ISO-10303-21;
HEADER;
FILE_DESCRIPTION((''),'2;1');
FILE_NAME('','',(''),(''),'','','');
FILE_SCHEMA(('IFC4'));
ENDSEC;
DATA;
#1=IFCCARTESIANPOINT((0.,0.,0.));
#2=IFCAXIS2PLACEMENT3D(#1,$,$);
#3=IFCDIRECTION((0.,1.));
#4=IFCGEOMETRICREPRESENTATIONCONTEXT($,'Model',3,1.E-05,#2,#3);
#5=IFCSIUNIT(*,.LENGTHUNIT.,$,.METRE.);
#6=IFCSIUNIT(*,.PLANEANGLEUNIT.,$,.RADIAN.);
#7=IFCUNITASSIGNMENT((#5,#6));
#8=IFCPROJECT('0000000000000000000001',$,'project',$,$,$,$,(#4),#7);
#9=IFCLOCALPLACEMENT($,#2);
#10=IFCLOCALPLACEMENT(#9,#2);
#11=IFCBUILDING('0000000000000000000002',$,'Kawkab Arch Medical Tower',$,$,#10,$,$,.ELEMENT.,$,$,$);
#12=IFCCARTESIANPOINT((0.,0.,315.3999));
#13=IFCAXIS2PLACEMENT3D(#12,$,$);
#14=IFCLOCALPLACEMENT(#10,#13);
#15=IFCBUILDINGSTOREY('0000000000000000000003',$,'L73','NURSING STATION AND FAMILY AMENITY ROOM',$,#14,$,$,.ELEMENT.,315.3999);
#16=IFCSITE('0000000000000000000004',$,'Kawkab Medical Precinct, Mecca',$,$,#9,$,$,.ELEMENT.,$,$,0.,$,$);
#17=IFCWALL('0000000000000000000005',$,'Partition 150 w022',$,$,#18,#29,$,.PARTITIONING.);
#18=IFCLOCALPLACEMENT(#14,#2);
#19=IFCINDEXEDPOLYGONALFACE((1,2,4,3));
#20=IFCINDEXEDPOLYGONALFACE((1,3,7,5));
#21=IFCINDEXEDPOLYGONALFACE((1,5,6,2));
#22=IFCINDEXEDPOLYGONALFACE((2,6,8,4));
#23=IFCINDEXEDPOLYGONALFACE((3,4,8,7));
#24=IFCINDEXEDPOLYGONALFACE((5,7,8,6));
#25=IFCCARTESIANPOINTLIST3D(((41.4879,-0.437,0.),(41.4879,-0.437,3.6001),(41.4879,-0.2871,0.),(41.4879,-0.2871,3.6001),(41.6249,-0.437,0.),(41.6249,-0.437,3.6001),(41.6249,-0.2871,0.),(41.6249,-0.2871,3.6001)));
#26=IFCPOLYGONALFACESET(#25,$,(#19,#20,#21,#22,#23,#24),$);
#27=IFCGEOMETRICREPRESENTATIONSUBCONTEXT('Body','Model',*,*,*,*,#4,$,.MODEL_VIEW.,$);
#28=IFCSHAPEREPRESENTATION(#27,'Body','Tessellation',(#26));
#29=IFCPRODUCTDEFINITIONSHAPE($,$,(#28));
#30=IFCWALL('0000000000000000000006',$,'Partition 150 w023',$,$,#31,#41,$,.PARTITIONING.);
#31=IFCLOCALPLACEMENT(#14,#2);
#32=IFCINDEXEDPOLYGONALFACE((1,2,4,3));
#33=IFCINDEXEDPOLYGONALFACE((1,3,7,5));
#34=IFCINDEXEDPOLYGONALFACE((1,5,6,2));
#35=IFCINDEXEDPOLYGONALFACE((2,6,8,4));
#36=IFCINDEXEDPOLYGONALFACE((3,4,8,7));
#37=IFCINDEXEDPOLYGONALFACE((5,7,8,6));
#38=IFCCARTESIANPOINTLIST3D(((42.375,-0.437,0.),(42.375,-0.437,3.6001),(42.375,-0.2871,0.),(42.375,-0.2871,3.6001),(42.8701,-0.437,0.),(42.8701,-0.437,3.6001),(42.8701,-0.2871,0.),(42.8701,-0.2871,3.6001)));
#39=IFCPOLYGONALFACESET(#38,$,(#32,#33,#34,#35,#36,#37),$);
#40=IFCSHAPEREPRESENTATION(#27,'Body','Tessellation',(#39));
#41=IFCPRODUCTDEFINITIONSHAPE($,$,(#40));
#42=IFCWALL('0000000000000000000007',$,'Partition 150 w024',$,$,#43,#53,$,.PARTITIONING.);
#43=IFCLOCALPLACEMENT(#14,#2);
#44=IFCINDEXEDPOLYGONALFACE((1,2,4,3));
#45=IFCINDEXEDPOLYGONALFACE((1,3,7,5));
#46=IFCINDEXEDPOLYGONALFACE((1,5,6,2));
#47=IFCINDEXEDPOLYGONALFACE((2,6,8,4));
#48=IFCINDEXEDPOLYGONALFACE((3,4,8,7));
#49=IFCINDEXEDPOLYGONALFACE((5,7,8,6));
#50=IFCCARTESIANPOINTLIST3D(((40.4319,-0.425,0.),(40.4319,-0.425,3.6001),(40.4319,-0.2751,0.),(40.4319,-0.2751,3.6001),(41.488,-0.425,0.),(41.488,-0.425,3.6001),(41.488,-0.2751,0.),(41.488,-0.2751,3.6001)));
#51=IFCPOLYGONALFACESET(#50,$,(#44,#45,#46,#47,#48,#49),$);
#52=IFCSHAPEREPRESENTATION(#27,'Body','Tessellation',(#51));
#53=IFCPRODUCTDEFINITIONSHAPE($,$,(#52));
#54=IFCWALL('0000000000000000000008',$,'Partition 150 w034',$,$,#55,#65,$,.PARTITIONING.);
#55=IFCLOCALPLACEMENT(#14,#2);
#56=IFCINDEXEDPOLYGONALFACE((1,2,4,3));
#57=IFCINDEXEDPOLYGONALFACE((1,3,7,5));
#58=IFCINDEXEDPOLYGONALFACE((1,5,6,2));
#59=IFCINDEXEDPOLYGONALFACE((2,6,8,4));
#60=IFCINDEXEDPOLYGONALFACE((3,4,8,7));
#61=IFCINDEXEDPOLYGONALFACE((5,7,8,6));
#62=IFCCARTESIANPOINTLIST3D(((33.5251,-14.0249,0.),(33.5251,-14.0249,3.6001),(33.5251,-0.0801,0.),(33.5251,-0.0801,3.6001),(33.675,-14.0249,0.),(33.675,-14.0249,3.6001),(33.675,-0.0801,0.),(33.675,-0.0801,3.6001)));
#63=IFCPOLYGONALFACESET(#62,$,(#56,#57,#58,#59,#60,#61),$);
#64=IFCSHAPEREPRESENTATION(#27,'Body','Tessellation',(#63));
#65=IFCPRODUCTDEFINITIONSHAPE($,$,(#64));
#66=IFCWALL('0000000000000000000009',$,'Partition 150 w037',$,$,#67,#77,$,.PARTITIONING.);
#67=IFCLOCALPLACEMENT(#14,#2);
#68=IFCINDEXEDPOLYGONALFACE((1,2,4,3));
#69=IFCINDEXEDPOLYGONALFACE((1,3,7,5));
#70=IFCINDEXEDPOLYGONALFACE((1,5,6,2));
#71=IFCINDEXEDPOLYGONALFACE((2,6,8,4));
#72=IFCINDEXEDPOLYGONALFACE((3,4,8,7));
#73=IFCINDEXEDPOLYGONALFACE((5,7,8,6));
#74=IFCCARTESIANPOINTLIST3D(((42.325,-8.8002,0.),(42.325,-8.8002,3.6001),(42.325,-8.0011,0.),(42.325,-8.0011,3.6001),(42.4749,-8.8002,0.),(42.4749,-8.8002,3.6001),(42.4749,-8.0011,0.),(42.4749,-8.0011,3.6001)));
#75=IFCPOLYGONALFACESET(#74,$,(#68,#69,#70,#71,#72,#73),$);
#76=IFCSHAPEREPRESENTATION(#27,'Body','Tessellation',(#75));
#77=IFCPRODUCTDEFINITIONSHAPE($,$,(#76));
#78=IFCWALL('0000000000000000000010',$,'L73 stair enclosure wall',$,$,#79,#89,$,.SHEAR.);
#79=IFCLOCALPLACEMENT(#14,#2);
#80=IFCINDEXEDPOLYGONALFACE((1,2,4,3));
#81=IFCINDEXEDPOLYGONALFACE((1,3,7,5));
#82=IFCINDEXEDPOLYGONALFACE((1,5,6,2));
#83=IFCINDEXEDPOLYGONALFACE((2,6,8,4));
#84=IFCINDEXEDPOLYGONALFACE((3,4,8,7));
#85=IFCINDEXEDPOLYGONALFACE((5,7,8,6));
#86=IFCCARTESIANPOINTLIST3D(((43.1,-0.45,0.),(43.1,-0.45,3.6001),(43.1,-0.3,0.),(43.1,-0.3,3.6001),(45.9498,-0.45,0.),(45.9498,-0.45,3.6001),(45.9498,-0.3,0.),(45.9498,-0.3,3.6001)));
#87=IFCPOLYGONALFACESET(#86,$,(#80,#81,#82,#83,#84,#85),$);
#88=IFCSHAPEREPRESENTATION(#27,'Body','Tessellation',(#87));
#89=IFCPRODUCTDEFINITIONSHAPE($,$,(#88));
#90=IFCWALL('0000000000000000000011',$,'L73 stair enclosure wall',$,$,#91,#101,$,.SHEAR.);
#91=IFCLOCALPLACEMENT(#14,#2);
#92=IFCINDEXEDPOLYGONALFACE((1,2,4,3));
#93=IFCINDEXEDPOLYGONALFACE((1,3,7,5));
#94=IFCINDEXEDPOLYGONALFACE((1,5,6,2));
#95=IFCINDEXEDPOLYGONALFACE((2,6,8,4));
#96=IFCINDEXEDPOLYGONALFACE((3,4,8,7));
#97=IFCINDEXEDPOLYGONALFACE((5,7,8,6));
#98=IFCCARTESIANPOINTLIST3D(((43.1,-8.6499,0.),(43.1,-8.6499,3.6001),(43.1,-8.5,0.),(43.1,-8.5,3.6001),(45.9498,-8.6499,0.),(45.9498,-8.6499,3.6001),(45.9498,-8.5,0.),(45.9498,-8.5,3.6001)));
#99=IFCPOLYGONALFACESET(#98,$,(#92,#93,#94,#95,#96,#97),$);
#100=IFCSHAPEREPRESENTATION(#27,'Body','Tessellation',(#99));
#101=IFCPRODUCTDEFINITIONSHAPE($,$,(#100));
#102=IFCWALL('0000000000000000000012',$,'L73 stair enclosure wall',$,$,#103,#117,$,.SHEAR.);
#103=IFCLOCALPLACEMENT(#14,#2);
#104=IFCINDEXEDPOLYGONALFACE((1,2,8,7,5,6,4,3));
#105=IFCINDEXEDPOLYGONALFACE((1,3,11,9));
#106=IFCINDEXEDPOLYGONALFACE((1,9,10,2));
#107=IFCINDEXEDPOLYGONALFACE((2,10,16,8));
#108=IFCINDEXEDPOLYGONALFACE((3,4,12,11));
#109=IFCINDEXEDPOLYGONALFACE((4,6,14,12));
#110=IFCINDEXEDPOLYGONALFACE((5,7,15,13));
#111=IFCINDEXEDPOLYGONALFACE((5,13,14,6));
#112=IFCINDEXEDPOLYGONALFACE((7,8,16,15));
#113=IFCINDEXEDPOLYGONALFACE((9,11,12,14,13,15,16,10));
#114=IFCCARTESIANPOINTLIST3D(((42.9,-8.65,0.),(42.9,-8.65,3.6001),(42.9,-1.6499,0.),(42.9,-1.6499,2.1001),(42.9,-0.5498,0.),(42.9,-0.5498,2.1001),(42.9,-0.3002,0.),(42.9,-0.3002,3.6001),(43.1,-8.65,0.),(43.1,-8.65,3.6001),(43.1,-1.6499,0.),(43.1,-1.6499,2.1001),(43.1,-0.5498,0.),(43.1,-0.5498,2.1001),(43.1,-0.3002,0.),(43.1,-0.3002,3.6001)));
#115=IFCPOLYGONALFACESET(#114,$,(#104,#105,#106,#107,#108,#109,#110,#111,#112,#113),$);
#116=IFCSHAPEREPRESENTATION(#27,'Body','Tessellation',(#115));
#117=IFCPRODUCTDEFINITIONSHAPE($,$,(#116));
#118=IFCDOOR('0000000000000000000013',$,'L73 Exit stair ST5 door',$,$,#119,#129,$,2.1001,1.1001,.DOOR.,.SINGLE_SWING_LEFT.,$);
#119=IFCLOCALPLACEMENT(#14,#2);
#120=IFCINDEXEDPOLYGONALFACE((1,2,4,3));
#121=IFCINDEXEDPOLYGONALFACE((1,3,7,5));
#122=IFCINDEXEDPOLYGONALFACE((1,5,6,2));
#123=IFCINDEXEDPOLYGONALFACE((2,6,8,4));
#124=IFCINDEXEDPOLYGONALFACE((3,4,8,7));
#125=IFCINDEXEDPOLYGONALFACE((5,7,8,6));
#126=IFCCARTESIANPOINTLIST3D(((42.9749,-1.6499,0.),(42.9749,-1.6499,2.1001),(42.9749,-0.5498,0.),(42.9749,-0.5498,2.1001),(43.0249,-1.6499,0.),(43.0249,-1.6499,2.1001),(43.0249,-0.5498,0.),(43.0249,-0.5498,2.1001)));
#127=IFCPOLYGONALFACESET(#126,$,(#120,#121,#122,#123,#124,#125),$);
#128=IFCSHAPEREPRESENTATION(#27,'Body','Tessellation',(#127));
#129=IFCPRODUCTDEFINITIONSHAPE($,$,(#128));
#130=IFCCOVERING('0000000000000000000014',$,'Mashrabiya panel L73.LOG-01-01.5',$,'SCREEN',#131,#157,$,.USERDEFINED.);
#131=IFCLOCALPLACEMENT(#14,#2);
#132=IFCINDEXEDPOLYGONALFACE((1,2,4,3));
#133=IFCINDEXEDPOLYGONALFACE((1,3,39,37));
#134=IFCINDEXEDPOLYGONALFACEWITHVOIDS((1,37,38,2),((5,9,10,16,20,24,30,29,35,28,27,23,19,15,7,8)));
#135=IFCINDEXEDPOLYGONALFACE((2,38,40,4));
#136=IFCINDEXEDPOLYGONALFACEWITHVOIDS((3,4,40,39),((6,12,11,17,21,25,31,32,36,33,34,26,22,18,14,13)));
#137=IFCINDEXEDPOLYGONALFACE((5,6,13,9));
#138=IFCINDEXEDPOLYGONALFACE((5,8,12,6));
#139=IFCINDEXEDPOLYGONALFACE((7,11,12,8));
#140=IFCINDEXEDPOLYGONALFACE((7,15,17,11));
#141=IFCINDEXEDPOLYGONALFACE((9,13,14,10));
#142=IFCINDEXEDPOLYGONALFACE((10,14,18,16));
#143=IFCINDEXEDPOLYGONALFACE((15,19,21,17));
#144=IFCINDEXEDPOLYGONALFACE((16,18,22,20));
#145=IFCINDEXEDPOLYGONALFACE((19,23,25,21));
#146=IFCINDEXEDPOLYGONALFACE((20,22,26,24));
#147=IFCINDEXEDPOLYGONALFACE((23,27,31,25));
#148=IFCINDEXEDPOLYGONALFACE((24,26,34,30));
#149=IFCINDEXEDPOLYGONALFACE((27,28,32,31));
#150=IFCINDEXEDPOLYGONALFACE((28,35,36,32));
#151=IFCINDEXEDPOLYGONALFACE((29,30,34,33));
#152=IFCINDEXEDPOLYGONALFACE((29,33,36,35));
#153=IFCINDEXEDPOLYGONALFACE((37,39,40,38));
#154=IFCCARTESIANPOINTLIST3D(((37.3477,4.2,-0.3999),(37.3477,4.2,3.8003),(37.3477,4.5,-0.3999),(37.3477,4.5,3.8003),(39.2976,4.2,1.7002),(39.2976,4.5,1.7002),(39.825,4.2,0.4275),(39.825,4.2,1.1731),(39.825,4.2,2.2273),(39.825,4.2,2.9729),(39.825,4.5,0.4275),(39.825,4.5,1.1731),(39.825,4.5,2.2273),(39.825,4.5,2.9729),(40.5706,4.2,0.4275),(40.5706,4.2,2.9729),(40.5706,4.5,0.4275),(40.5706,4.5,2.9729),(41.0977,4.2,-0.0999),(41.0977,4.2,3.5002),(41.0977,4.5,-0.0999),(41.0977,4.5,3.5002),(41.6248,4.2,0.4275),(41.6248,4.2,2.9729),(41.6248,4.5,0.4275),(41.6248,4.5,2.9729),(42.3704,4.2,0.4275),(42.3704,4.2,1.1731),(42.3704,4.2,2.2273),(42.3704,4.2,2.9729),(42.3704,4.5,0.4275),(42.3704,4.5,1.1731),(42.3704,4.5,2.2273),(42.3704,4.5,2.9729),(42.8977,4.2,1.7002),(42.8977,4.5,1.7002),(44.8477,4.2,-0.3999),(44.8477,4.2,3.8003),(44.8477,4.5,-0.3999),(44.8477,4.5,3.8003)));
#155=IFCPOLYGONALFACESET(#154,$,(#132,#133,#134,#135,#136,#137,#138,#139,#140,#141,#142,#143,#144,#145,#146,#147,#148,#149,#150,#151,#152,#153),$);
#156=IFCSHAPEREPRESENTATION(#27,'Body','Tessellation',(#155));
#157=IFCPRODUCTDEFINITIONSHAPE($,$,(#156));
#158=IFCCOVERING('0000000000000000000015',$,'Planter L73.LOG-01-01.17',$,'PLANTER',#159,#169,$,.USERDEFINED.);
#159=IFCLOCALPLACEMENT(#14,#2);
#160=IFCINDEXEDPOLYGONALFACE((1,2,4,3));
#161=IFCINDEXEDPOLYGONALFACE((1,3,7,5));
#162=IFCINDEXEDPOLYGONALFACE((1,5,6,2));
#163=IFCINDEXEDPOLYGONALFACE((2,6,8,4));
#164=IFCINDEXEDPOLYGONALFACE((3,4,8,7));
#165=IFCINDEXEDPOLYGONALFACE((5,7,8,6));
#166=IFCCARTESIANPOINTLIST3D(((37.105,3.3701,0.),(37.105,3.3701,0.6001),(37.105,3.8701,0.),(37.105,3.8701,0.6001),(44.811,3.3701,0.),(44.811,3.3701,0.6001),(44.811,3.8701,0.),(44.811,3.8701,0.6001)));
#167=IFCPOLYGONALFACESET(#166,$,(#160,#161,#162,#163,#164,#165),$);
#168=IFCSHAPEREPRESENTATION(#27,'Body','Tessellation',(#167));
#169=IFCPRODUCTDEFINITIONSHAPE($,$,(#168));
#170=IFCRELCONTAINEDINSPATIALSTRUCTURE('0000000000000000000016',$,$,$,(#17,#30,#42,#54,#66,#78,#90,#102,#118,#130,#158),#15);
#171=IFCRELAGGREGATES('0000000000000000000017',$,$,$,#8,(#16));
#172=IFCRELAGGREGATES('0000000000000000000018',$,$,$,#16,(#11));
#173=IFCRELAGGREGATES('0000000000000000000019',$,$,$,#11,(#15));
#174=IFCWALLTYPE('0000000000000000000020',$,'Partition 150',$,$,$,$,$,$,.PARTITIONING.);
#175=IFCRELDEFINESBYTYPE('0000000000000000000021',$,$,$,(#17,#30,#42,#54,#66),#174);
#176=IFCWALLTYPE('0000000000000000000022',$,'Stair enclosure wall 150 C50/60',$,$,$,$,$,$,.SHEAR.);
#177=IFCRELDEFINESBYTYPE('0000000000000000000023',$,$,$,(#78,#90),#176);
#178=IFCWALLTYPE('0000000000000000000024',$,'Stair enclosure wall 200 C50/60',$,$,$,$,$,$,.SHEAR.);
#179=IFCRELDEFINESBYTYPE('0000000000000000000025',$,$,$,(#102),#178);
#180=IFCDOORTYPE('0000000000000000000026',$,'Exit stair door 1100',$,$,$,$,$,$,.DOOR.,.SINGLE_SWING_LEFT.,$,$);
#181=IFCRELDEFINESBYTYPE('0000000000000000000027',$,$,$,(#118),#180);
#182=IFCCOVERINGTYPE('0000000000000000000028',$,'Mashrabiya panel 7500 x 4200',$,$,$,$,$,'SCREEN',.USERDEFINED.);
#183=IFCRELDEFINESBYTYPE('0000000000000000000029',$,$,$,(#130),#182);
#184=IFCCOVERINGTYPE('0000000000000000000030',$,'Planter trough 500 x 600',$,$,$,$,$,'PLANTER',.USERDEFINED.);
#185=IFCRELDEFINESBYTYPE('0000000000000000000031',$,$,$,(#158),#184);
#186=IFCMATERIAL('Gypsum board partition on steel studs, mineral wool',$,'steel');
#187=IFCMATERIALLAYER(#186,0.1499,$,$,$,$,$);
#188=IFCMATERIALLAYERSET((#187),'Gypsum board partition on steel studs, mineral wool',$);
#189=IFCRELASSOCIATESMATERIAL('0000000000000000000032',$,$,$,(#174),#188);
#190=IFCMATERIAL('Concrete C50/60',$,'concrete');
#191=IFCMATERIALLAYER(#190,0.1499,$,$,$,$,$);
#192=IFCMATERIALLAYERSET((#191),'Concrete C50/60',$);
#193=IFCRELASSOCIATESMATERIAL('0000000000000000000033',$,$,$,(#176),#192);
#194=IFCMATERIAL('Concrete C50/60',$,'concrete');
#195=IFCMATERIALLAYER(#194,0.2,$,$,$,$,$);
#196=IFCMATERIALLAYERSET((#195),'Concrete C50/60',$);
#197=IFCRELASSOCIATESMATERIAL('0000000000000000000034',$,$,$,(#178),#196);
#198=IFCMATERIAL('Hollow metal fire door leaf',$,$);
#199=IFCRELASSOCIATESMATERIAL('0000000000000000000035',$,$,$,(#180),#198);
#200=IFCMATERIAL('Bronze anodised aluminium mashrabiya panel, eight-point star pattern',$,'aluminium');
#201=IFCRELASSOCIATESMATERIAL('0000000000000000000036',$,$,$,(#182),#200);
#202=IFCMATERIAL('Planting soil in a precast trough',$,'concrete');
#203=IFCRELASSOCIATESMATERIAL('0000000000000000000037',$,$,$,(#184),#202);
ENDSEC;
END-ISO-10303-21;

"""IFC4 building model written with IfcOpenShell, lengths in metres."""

from ifc_helpers import new_model, si_unit, direction, frame, frame_2d, origin, origin_2d, place, context, subcontext, project, spatial, polyline, rectangle, outline, extrude, material, layer, layer_set, material_profile, profile_set, type_object, element, fill, save


model = new_model("IFC4")

# Units and contexts
model_context = context("Model", 3, precision=1e-05, world=origin(), true_north=direction((0.0, 1.0)))
body_context = subcontext(model_context, "Body", "Model", "MODEL_VIEW")
ifc_project = project(units=[si_unit("LENGTHUNIT", "METRE"), si_unit("PLANEANGLEUNIT", "RADIAN")], contexts=[model_context])

# Site, building, storey
site_placement = place(None, origin())
site = spatial("IfcSite", under=ifc_project, at=site_placement, Name="Kawkab Medical Precinct, Mecca", CompositionType="ELEMENT", RefElevation=0.0)
building_placement = place(site_placement, origin())
building = spatial("IfcBuilding", under=site, at=building_placement, Name="Kawkab Arch Medical Tower", CompositionType="ELEMENT")
storey_placement = place(building_placement, frame((0.0, 0.0, 315.3999)))
storey = spatial("IfcBuildingStorey", under=building, at=storey_placement, Name="L73", Description="NURSING STATION AND FAMILY AMENITY ROOM", CompositionType="ELEMENT", Elevation=315.3999)

# Shared definitions
ifc_material_1 = material(Name="Gypsum board partition on steel studs, mineral wool", Category="steel")
ifc_layer_1 = layer(ifc_material_1, 0.1499)
ifc_layer_set_1 = layer_set([ifc_layer_1], Name="Gypsum board partition on steel studs, mineral wool")
wall_type_1 = type_object("IfcWallType", Name="Partition 150", PredefinedType="PARTITIONING", material=ifc_layer_set_1)

# Walls
wall_1_placement = place(storey_placement, frame((41.488, -0.3621, 0.0), z_axis=(0.0, 0.0, 1.0), x_axis=(1.0, 0.0, 0.0)))
element("IfcWall", 1, at=wall_1_placement, inside=storey, type_object=wall_type_1, Name="Partition 150 w022", PredefinedType="PARTITIONING", context=body_context, shape_type="SweptSolid", body=[
    extrude(rectangle(XDim=0.137, YDim=0.1499, at=frame_2d((0.0684, 0.0))), origin(), (0.0, 0.0, 1.0), 3.6001),
])
wall_2_placement = place(storey_placement, frame((42.375, -0.3621, 0.0), z_axis=(0.0, 0.0, 1.0), x_axis=(1.0, 0.0, 0.0)))
element("IfcWall", 2, at=wall_2_placement, inside=storey, type_object=wall_type_1, Name="Partition 150 w023", PredefinedType="PARTITIONING", context=body_context, shape_type="SweptSolid", body=[
    extrude(rectangle(XDim=0.4951, YDim=0.1499, at=frame_2d((0.2476, 0.0))), origin(), (0.0, 0.0, 1.0), 3.6001),
])
wall_3_placement = place(storey_placement, frame((40.4319, -0.3501, 0.0), z_axis=(0.0, 0.0, 1.0), x_axis=(1.0, 0.0, 0.0)))
element("IfcWall", 3, at=wall_3_placement, inside=storey, type_object=wall_type_1, Name="Partition 150 w024", PredefinedType="PARTITIONING", context=body_context, shape_type="SweptSolid", body=[
    extrude(rectangle(XDim=1.0562, YDim=0.1499, at=frame_2d((0.5281, 0.0))), origin(), (0.0, 0.0, 1.0), 3.6001),
])
wall_4_placement = place(storey_placement, frame((33.6001, -14.0249, 0.0), z_axis=(0.0, 0.0, 1.0), x_axis=(0.0, 1.0, 0.0)))
element("IfcWall", 4, at=wall_4_placement, inside=storey, type_object=wall_type_1, Name="Partition 150 w034", PredefinedType="PARTITIONING", context=body_context, shape_type="SweptSolid", body=[
    extrude(rectangle(XDim=13.9448, YDim=0.1499, at=frame_2d((6.9724, 0.0))), origin(), (0.0, 0.0, 1.0), 3.6001),
])
wall_5_placement = place(storey_placement, frame((42.3999, -8.8, 0.0), z_axis=(0.0, 0.0, 1.0), x_axis=(0.0, 1.0, 0.0)))
element("IfcWall", 5, at=wall_5_placement, inside=storey, type_object=wall_type_1, Name="Partition 150 w037", PredefinedType="PARTITIONING", context=body_context, shape_type="SweptSolid", body=[
    extrude(rectangle(XDim=0.7991, YDim=0.1499, at=frame_2d((0.3994, 0.0))), origin(), (0.0, 0.0, 1.0), 3.6001),
])
ifc_material_2 = material(Name="Concrete C50/60", Category="concrete")
ifc_layer_2 = layer(ifc_material_2, 0.1499)
ifc_layer_set_2 = layer_set([ifc_layer_2], Name="Concrete C50/60")
wall_type_2 = type_object("IfcWallType", Name="Stair enclosure wall 150 C50/60", PredefinedType="SHEAR", material=ifc_layer_set_2)
for number, where, z_axis, x_axis, name in (
    (6, (43.1001, -0.375, 0.0), (0.0, 0.0, 1.0), (1.0, 0.0, 0.0), "L73 stair enclosure wall"),
    (7, (43.1001, -8.575, 0.0), (0.0, 0.0, 1.0), (1.0, 0.0, 0.0), "L73 stair enclosure wall"),
):
    element("IfcWall", number, at=place(storey_placement, frame(where, z_axis=z_axis, x_axis=x_axis)), inside=storey, type_object=wall_type_2, Name=name, PredefinedType="SHEAR", context=body_context, shape_type="SweptSolid", body=[
        extrude(rectangle(XDim=2.8499, YDim=0.1499, at=frame_2d((1.4248, 0.0))), origin(), (0.0, 0.0, 1.0), 3.6001),
    ])

# Wall, opening, door
ifc_material_3 = material(Name="Concrete C50/60", Category="concrete")
ifc_layer_3 = layer(ifc_material_3, 0.2)
ifc_layer_set_3 = layer_set([ifc_layer_3], Name="Concrete C50/60")
wall_type_3 = type_object("IfcWallType", Name="Stair enclosure wall 200 C50/60", PredefinedType="SHEAR", material=ifc_layer_set_3)
wall_6_placement = place(storey_placement, frame((43.0, -8.6499, 0.0), z_axis=(0.0, 0.0, 1.0), x_axis=(0.0, 1.0, 0.0)))
wall_6 = element("IfcWall", 8, at=wall_6_placement, inside=storey, type_object=wall_type_3, Name="L73 stair enclosure wall", PredefinedType="SHEAR", context=body_context, shape_type="SweptSolid", body=[
    extrude(rectangle(XDim=8.3499, YDim=0.2, at=frame_2d((4.1748, 0.0))), origin(), (0.0, 0.0, 1.0), 3.6001),
])
opening_1_placement = place(wall_6_placement, frame((7.0, 0.0, 0.0)))
opening_1 = element("IfcOpeningElement", 9, at=opening_1_placement, cuts=wall_6, PredefinedType="OPENING", context=body_context, shape_type="SweptSolid", body=[
    extrude(rectangle(XDim=1.1001, YDim=2.1001, at=frame_2d((0.55, 1.05))), frame((0.0, 0.1099, 0.0), z_axis=(0.0, -1.0, 0.0), x_axis=(1.0, 0.0, 0.0)), (0.0, 0.0, 1.0), 0.22),
])
ifc_material_4 = material(Name="Hollow metal fire door leaf")
door_type_1 = type_object("IfcDoorType", Name="Exit stair door 1100", OperationType="SINGLE_SWING_LEFT", PredefinedType="DOOR", material=ifc_material_4)
door_1_placement = place(opening_1_placement, frame((1.1001, 0.0, 0.0), z_axis=(0.0, 0.0, 1.0), x_axis=(-1.0, 0.0, 0.0)))
door_1 = element("IfcDoor", 10, at=door_1_placement, inside=storey, type_object=door_type_1, Name="L73 Exit stair ST5 door", OperationType="SINGLE_SWING_LEFT", OverallHeight=2.1001, OverallWidth=1.1001, PredefinedType="DOOR", context=body_context, shape_type="SweptSolid", body=[
    extrude(rectangle(XDim=1.1001, YDim=2.1001, at=frame_2d((0.55, 1.05))), frame((0.0, 0.0249, 0.0), z_axis=(0.0, -1.0, 0.0), x_axis=(1.0, 0.0, 0.0)), (0.0, 0.0, 1.0), 0.05),
])
fill(opening_1, door_1)

# Coverings
ifc_material_5 = material(Name="Bronze anodised aluminium mashrabiya panel, eight-point star pattern", Category="aluminium")
ifc_material_profile_1 = material_profile(ifc_material_5, outline(polyline([(-3.75, -2.1001), (3.75, -2.1001), (3.75, 2.1001), (-3.75, 2.1001), (-3.75, -2.1001)]), holes=[polyline([(1.8, 0.0), (1.2727, 0.5271), (1.2727, 1.2727), (0.5271, 1.2727), (0.0, 1.8), (-0.5271, 1.2727), (-1.2727, 1.2727), (-1.2727, 0.5271), (-1.8, 0.0), (-1.2727, -0.5271), (-1.2727, -1.2727), (-0.5271, -1.2727), (0.0, -1.8), (0.5271, -1.2727), (1.2727, -1.2727), (1.2727, -0.5271), (1.8, 0.0)])]), Name="Mashrabiya panel 7500x4200")
ifc_profile_set_1 = profile_set([ifc_material_profile_1], Name="Bronze anodised aluminium mashrabiya panel, eight-point star pattern")
covering_type_1 = type_object("IfcCoveringType", Name="Mashrabiya panel 7500 x 4200", ElementType="SCREEN", PredefinedType="USERDEFINED", material=ifc_profile_set_1)
covering_1_placement = place(storey_placement, frame((41.0977, 4.2, 1.7002), z_axis=(0.0, 1.0, 0.0), x_axis=(-1.0, 0.0, 0.0)))
element("IfcCovering", 11, at=covering_1_placement, inside=storey, type_object=covering_type_1, Name="Mashrabiya panel L73.LOG-01-01.5", ObjectType="SCREEN", PredefinedType="USERDEFINED", context=body_context, shape_type="SweptSolid", body=[
    extrude(outline(polyline([(-3.75, -2.1001), (3.75, -2.1001), (3.75, 2.1001), (-3.75, 2.1001), (-3.75, -2.1001)]), holes=[polyline([(1.8, 0.0), (1.2727, 0.5271), (1.2727, 1.2727), (0.5271, 1.2727), (0.0, 1.8), (-0.5271, 1.2727), (-1.2727, 1.2727), (-1.2727, 0.5271), (-1.8, 0.0), (-1.2727, -0.5271), (-1.2727, -1.2727), (-0.5271, -1.2727), (0.0, -1.8), (0.5271, -1.2727), (1.2727, -1.2727), (1.2727, -0.5271), (1.8, 0.0)])]), origin(), (0.0, 0.0, 1.0), 0.3),
])
ifc_material_6 = material(Name="Planting soil in a precast trough", Category="concrete")
ifc_material_profile_2 = material_profile(ifc_material_6, rectangle(XDim=0.5, YDim=0.6001, at=origin_2d()), Name="Trough 500x600")
ifc_profile_set_2 = profile_set([ifc_material_profile_2], Name="Planting soil in a precast trough")
covering_type_2 = type_object("IfcCoveringType", Name="Planter trough 500 x 600", ElementType="PLANTER", PredefinedType="USERDEFINED", material=ifc_profile_set_2)
covering_2_placement = place(storey_placement, frame((37.105, 3.6201, 0.3), z_axis=(1.0, 0.0, 0.0), x_axis=(0.0, 1.0, 0.0)))
element("IfcCovering", 12, at=covering_2_placement, inside=storey, type_object=covering_type_2, Name="Planter L73.LOG-01-01.17", ObjectType="PLANTER", PredefinedType="USERDEFINED", context=body_context, shape_type="SweptSolid", body=[
    extrude(rectangle(XDim=0.5, YDim=0.6001, at=origin_2d()), origin(), (0.0, 0.0, 1.0), 7.7061),
])

save(model, "model.ifc")
